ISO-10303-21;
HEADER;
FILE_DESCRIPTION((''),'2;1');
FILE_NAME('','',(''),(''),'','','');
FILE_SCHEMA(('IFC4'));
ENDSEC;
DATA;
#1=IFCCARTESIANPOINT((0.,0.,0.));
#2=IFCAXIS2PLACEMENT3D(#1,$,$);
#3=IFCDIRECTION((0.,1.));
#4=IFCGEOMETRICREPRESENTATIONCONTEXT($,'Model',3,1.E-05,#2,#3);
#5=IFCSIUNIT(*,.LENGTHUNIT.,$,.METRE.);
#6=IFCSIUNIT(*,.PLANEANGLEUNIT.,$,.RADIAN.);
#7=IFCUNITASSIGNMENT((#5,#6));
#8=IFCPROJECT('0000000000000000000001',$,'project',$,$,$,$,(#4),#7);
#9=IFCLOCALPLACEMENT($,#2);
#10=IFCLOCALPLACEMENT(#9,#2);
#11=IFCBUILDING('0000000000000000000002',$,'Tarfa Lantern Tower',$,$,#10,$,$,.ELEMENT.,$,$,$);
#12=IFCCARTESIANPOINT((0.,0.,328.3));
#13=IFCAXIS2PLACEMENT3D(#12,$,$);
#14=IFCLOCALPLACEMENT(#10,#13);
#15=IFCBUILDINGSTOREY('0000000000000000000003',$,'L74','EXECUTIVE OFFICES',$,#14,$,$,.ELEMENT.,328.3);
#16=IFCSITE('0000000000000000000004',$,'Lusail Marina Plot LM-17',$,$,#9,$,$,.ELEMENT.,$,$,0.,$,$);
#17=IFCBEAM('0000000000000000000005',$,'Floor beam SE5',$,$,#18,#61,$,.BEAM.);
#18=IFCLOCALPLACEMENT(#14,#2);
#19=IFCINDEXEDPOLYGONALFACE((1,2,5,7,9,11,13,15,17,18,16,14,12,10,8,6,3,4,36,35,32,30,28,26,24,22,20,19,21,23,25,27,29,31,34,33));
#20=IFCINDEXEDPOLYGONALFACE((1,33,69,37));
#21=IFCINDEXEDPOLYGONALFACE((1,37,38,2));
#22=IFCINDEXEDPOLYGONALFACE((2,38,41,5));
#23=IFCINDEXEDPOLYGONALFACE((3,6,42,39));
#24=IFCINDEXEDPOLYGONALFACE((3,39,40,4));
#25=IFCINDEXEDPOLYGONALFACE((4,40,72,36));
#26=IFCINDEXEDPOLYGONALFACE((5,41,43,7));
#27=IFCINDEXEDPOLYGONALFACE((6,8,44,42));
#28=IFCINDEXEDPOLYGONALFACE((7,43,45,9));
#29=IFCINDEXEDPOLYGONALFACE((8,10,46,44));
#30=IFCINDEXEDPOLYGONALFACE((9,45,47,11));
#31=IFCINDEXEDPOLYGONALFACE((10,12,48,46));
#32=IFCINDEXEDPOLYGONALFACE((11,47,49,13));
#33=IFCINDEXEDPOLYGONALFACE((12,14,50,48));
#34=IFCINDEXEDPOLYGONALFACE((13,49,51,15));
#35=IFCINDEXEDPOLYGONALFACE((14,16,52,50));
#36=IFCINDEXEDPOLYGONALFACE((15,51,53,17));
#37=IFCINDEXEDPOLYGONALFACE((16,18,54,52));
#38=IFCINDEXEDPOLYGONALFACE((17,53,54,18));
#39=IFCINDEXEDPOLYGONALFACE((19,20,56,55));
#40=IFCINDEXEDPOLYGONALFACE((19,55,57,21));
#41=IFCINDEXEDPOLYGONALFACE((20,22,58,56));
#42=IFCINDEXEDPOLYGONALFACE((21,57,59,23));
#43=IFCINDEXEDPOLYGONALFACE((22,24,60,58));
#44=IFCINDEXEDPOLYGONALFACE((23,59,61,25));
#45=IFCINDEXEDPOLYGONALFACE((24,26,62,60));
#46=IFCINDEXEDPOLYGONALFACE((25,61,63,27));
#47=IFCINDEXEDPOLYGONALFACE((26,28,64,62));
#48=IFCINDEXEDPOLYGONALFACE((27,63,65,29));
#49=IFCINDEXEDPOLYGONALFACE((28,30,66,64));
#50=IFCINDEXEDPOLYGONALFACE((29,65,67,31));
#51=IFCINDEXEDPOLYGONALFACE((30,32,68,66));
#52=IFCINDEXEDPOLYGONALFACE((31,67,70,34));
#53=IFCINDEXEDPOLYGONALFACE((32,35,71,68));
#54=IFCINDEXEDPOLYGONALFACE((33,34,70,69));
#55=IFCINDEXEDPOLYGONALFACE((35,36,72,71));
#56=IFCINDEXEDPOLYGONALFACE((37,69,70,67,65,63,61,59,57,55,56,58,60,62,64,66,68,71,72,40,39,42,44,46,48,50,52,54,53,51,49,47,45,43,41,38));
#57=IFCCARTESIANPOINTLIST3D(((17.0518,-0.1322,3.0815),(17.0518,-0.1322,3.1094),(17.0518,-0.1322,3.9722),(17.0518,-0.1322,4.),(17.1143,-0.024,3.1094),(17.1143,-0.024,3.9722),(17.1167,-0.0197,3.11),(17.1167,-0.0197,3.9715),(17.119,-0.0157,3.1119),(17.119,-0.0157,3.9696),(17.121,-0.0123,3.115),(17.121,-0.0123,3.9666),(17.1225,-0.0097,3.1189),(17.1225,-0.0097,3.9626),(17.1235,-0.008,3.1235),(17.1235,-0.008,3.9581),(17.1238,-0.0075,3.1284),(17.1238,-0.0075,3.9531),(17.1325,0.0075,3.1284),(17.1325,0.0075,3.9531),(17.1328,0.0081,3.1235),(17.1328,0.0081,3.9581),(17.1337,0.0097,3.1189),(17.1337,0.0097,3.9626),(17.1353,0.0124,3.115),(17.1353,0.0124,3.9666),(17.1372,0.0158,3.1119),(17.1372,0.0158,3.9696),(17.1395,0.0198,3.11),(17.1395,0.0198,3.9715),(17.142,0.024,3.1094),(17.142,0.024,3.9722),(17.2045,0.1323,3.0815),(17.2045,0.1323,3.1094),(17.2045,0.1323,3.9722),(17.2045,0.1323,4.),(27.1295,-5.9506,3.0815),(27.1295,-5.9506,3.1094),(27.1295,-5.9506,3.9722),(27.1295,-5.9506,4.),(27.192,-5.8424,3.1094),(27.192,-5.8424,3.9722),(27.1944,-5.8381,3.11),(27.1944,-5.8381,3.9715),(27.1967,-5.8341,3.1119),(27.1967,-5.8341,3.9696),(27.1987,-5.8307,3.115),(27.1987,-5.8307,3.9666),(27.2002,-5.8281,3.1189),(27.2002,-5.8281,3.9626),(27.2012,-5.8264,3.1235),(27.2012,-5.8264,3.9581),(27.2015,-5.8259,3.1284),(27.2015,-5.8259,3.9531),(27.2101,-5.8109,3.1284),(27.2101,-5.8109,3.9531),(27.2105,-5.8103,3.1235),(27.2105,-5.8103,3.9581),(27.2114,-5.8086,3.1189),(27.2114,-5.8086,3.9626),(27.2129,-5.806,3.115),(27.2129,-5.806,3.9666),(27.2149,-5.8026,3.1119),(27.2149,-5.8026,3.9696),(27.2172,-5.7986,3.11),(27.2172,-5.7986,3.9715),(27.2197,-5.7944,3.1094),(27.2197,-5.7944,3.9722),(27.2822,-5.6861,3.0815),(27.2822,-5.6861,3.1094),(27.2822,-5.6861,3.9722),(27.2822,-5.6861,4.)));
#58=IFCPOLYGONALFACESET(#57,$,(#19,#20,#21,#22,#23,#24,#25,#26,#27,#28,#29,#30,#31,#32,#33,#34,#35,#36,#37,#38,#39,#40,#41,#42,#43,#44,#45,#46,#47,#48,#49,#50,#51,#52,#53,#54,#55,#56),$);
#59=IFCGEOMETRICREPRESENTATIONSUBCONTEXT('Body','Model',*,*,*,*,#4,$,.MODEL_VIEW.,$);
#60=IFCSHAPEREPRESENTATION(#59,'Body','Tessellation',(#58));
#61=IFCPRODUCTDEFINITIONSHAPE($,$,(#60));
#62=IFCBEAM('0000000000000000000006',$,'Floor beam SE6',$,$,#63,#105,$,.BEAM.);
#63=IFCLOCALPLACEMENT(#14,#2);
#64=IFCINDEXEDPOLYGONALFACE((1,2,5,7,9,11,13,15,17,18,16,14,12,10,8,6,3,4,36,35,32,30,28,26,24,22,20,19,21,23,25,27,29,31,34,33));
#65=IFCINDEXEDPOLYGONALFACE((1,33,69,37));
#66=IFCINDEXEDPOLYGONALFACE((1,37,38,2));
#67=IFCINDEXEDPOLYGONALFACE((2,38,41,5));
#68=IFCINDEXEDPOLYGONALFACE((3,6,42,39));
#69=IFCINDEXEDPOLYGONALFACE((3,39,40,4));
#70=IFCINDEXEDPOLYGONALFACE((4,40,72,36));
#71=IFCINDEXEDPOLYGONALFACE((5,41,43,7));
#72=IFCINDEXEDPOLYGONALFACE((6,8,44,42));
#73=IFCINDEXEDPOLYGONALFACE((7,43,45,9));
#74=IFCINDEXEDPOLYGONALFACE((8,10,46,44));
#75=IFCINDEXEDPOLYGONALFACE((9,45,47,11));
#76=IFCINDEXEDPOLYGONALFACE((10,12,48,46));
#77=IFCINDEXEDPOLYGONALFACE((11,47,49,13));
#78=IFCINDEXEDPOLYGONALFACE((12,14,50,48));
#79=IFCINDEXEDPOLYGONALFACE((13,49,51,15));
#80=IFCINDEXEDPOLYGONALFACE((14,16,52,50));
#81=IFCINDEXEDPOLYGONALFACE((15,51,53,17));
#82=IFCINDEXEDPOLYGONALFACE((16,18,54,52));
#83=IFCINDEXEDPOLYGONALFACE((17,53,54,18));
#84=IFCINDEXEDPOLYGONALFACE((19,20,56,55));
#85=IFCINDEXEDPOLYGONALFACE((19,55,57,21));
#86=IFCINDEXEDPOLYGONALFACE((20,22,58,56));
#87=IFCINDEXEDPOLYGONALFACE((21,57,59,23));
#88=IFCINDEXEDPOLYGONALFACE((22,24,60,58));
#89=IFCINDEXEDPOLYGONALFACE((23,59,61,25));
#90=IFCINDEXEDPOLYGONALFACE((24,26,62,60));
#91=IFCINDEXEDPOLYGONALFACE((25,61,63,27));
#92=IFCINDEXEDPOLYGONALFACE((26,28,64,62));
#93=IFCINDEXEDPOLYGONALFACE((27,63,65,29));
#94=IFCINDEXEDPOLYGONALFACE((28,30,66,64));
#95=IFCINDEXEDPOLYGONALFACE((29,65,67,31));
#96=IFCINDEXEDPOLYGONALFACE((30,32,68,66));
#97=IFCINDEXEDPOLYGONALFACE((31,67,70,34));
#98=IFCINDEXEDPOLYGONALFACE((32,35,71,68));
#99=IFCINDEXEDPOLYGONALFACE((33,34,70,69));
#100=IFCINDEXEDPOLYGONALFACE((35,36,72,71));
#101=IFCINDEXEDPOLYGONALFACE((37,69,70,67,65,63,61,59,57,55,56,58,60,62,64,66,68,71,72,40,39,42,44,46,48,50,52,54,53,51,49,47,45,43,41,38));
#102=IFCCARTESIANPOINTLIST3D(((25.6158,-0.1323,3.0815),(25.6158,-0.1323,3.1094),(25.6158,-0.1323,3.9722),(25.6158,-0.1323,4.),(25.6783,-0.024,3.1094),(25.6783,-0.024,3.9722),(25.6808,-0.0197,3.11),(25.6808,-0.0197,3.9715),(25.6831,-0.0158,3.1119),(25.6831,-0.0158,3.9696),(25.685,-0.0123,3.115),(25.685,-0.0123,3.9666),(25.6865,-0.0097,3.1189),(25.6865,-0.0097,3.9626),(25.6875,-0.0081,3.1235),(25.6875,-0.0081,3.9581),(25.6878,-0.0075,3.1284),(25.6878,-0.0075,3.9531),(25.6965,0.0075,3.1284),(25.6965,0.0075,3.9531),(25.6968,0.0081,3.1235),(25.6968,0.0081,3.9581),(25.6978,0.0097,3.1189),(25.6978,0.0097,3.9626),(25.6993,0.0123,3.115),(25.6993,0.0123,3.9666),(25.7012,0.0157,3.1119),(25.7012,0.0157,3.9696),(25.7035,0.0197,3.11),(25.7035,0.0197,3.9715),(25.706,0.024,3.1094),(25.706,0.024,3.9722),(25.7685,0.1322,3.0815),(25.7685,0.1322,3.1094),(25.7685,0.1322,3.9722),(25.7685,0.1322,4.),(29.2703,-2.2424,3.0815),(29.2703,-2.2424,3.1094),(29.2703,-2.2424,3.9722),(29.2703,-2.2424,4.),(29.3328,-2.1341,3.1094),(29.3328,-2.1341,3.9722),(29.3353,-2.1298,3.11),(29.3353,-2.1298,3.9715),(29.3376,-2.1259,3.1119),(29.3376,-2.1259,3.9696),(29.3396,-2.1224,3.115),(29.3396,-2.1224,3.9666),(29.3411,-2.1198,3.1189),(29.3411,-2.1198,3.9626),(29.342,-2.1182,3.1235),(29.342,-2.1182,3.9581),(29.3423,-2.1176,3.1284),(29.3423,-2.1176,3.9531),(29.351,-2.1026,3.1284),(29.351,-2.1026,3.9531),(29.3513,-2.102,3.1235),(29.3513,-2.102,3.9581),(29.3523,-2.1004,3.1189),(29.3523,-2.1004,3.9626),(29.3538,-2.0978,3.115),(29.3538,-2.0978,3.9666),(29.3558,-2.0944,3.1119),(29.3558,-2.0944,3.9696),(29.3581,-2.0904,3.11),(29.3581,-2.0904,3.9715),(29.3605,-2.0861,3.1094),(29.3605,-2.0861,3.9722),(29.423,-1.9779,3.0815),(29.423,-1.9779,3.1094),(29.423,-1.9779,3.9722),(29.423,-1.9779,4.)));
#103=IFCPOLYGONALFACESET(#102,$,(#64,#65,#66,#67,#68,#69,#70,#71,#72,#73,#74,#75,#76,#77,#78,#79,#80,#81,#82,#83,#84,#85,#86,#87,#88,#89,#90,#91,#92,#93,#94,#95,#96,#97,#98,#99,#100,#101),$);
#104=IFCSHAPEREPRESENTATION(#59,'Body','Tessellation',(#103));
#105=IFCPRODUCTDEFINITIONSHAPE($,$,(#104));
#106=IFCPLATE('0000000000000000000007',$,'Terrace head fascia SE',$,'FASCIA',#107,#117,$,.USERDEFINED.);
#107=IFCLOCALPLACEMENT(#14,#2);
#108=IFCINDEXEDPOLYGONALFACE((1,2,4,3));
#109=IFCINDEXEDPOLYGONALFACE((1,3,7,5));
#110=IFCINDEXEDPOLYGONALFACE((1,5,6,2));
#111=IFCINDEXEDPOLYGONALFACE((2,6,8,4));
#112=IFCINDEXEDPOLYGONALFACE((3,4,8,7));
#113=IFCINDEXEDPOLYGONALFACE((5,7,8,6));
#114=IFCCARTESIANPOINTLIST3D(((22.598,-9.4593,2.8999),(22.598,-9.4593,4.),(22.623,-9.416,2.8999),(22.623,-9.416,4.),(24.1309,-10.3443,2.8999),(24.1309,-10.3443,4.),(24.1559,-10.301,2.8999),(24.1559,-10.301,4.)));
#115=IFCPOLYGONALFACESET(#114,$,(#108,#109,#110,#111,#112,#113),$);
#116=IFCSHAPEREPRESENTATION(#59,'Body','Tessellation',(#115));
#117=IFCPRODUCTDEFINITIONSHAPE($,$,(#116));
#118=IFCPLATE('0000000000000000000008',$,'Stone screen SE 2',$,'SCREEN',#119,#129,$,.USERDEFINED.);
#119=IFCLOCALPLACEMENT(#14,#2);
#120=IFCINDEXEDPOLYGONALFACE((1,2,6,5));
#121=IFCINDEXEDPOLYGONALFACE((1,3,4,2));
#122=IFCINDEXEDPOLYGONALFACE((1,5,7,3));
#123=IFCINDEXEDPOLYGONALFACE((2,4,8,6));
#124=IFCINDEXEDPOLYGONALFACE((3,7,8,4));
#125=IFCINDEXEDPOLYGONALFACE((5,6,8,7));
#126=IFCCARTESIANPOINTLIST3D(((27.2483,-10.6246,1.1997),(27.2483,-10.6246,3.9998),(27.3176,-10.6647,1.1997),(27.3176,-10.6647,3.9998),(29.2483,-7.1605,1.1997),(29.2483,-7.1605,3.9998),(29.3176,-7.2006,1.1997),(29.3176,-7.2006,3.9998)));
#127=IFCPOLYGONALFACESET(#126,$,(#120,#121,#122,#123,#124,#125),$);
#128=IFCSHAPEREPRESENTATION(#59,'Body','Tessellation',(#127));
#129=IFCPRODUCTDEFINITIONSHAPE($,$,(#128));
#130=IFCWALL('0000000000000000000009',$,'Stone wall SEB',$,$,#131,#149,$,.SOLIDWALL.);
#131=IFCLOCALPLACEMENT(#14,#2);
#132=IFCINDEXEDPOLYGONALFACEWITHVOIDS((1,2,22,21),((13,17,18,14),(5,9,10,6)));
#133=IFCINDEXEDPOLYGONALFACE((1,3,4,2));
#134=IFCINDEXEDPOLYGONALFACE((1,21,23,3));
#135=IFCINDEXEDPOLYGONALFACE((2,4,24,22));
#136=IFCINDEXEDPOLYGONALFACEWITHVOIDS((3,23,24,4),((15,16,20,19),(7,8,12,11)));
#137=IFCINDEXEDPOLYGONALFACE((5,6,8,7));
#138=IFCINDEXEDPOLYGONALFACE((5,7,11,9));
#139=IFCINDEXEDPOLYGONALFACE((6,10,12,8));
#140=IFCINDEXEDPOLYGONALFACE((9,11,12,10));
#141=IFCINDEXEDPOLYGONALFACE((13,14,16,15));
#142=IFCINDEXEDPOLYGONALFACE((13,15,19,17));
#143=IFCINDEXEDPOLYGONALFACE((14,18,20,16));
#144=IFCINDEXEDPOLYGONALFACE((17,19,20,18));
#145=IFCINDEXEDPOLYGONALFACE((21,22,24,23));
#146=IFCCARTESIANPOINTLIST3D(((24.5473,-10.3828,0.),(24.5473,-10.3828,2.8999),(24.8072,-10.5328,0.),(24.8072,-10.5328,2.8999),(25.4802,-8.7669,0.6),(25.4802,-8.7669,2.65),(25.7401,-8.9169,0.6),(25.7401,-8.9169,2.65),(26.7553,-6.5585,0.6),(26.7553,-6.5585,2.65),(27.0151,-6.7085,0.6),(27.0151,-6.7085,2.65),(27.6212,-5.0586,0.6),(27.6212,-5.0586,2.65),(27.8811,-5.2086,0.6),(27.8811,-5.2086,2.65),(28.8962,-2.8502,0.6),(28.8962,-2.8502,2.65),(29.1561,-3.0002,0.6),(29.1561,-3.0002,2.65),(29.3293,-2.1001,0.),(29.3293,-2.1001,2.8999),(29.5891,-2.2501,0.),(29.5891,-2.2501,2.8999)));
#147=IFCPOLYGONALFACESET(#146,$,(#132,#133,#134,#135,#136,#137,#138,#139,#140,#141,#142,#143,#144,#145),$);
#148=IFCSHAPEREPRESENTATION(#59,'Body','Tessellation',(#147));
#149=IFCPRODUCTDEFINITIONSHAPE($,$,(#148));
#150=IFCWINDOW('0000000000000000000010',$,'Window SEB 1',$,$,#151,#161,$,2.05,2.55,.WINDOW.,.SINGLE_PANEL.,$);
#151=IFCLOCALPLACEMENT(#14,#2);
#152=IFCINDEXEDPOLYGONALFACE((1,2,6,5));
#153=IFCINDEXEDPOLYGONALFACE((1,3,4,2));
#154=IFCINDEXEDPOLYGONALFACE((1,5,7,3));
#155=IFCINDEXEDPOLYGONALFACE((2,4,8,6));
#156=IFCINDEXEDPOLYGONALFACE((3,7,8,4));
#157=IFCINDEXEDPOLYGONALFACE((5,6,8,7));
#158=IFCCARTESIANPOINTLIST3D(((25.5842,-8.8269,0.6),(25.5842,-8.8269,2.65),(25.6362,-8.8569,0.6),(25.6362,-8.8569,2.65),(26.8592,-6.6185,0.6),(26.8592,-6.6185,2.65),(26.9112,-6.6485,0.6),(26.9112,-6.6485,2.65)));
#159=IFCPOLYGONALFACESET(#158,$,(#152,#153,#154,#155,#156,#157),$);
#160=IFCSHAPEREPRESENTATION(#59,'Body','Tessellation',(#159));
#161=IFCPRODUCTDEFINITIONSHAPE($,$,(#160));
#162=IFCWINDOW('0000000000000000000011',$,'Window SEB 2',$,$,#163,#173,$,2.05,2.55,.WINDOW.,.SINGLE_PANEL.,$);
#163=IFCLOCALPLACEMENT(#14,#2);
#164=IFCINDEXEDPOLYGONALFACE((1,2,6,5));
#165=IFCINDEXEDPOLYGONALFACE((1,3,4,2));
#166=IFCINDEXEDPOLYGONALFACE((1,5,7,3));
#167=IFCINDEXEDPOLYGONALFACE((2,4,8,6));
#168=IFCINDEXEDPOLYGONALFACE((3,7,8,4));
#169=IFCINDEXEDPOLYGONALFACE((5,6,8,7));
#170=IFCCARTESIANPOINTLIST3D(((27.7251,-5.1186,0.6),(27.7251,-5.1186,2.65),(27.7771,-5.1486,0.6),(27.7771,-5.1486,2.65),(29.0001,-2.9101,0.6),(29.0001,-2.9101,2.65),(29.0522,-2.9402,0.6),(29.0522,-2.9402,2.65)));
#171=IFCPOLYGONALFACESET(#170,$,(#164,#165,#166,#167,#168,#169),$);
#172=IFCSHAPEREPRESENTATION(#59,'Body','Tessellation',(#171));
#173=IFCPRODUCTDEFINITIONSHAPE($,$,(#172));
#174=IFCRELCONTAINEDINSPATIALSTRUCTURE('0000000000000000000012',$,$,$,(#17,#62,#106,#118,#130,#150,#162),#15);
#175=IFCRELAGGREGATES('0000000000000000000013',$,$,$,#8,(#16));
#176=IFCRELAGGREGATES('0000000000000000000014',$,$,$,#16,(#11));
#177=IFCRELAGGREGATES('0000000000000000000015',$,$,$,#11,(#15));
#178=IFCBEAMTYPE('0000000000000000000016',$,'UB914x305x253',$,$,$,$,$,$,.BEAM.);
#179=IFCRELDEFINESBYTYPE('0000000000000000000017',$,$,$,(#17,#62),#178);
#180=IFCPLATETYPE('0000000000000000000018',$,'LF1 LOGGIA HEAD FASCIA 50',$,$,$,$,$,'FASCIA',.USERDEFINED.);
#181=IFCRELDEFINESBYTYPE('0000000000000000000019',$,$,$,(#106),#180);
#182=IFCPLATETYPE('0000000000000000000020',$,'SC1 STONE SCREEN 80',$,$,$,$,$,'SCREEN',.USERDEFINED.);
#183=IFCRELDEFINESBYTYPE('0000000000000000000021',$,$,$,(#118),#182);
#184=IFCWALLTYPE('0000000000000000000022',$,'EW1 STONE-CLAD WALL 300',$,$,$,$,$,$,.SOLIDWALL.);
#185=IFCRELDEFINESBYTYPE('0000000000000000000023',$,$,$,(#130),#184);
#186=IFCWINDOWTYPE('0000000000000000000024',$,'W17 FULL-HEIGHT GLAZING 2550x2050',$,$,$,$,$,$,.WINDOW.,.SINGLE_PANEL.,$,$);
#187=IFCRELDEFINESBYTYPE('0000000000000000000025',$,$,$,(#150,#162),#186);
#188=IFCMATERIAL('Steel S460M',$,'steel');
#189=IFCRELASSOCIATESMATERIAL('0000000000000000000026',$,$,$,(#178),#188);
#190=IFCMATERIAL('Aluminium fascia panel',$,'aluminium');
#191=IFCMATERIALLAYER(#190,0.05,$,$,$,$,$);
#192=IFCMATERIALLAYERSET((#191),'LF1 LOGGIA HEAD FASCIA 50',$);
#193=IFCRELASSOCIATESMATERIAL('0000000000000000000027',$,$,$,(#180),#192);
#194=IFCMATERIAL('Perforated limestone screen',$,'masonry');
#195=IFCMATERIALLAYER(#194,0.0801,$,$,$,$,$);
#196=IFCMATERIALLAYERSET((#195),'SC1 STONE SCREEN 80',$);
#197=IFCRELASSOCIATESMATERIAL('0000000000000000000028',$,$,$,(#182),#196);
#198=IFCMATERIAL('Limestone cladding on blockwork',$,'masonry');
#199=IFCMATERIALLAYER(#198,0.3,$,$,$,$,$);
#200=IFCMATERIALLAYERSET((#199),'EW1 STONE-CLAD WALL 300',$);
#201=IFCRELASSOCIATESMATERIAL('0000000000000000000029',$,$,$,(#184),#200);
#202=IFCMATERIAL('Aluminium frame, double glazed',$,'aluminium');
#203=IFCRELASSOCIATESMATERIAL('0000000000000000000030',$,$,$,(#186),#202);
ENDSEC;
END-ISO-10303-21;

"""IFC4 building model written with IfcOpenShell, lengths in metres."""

from ifc_helpers import new_model, si_unit, direction, frame, frame_2d, origin, origin_2d, place, context, subcontext, project, spatial, rectangle, i_section, extrude, material, layer, layer_set, material_profile, profile_set, type_object, element, fill, save


model = new_model("IFC4")

# Units and contexts
model_context = context("Model", 3, precision=1e-05, world=origin(), true_north=direction((0.0, 1.0)))
body_context = subcontext(model_context, "Body", "Model", "MODEL_VIEW")
ifc_project = project(units=[si_unit("LENGTHUNIT", "METRE"), si_unit("PLANEANGLEUNIT", "RADIAN")], contexts=[model_context])

# Site, building, storey
site_placement = place(None, origin())
site = spatial("IfcSite", under=ifc_project, at=site_placement, Name="Lusail Marina Plot LM-17", CompositionType="ELEMENT", RefElevation=0.0)
building_placement = place(site_placement, origin())
building = spatial("IfcBuilding", under=site, at=building_placement, Name="Tarfa Lantern Tower", CompositionType="ELEMENT")
storey_placement = place(building_placement, frame((0.0, 0.0, 328.3)))
storey = spatial("IfcBuildingStorey", under=building, at=storey_placement, Name="L74", Description="EXECUTIVE OFFICES", CompositionType="ELEMENT", Elevation=328.3)

# Beams
ifc_material_1 = material(Name="Steel S460M", Category="steel")
ifc_material_profile_1 = material_profile(ifc_material_1, i_section(OverallWidth=0.3054, OverallDepth=0.9185, WebThickness=0.0173, FlangeThickness=0.0278, FilletRadius=0.019, at=origin_2d()), Name="UB914x305x253")
ifc_profile_set_1 = profile_set([ifc_material_profile_1], Name="Steel S460M")
beam_type_1 = type_object("IfcBeamType", Name="UB914x305x253", PredefinedType="BEAM", material=ifc_profile_set_1)
beam_1_placement = place(storey_placement, frame((27.2058, -5.8184, 3.5408), z_axis=(-0.866024, 0.500002, 0.0), x_axis=(-0.500002, -0.866024, 0.0)))
element("IfcBeam", 1, at=beam_1_placement, inside=storey, type_object=beam_type_1, Name="Floor beam SE5", PredefinedType="BEAM", context=body_context, shape_type="SweptSolid", body=[
    extrude(i_section(OverallWidth=0.3054, OverallDepth=0.9185, WebThickness=0.0173, FlangeThickness=0.0278, FilletRadius=0.019, at=origin_2d()), origin(), (0.0, 0.0, 1.0), 11.6367),
])
beam_2_placement = place(storey_placement, frame((29.3467, -2.1101, 3.5408), z_axis=(-0.866009, 0.500028, 0.0), x_axis=(-0.500028, -0.866009, 0.0)))
element("IfcBeam", 2, at=beam_2_placement, inside=storey, type_object=beam_type_1, Name="Floor beam SE6", PredefinedType="BEAM", context=body_context, shape_type="SweptSolid", body=[
    extrude(i_section(OverallWidth=0.3054, OverallDepth=0.9185, WebThickness=0.0173, FlangeThickness=0.0278, FilletRadius=0.019, at=origin_2d()), origin(), (0.0, 0.0, 1.0), 4.22),
])

# Plates
ifc_material_2 = material(Name="Aluminium fascia panel", Category="aluminium")
ifc_layer_1 = layer(ifc_material_2, 0.05)
ifc_layer_set_1 = layer_set([ifc_layer_1], Name="LF1 LOGGIA HEAD FASCIA 50")
plate_type_1 = type_object("IfcPlateType", Name="LF1 LOGGIA HEAD FASCIA 50", ElementType="FASCIA", PredefinedType="USERDEFINED", material=ifc_layer_set_1)
plate_1_placement = place(storey_placement, frame((23.377, -9.8801, 2.8999), z_axis=(0.0, 0.0, 1.0), x_axis=(-0.866025, 0.5, 0.0)))
element("IfcPlate", 3, at=plate_1_placement, inside=storey, type_object=plate_type_1, Name="Terrace head fascia SE", ObjectType="FASCIA", PredefinedType="USERDEFINED", context=body_context, shape_type="SweptSolid", body=[
    extrude(rectangle(XDim=1.77, YDim=0.05, at=origin_2d()), origin(), (0.0, 0.0, 1.0), 1.1001),
])
ifc_material_3 = material(Name="Perforated limestone screen", Category="masonry")
ifc_layer_2 = layer(ifc_material_3, 0.0801)
ifc_layer_set_2 = layer_set([ifc_layer_2], Name="SC1 STONE SCREEN 80")
plate_type_2 = type_object("IfcPlateType", Name="SC1 STONE SCREEN 80", ElementType="SCREEN", PredefinedType="USERDEFINED", material=ifc_layer_set_2)
plate_2_placement = place(storey_placement, frame((28.283, -8.9126, 1.1997), z_axis=(0.0, 0.0, 1.0), x_axis=(0.5, 0.866025, 0.0)))
element("IfcPlate", 4, at=plate_2_placement, inside=storey, type_object=plate_type_2, Name="Stone screen SE 2", ObjectType="SCREEN", PredefinedType="USERDEFINED", context=body_context, shape_type="SweptSolid", body=[
    extrude(rectangle(XDim=4.0, YDim=0.0801, at=origin_2d()), origin(), (0.0, 0.0, 1.0), 2.8),
])

# Wall, openings, windows
ifc_material_4 = material(Name="Limestone cladding on blockwork", Category="masonry")
ifc_layer_3 = layer(ifc_material_4, 0.3)
ifc_layer_set_3 = layer_set([ifc_layer_3], Name="EW1 STONE-CLAD WALL 300")
wall_type_1 = type_object("IfcWallType", Name="EW1 STONE-CLAD WALL 300", PredefinedType="SOLIDWALL", material=ifc_layer_set_3)
wall_1_placement = place(storey_placement, frame((24.6772, -10.4578, 0.0), z_axis=(0.0, 0.0, 1.0), x_axis=(0.499996, 0.866027, 0.0)))
wall_1 = element("IfcWall", 5, at=wall_1_placement, inside=storey, type_object=wall_type_1, Name="Stone wall SEB", PredefinedType="SOLIDWALL", context=body_context, shape_type="SweptSolid", body=[
    extrude(rectangle(XDim=9.564, YDim=0.3, at=frame_2d((4.782, 0.0))), origin(), (0.0, 0.0, 1.0), 2.8999),
])
opening_1_placement = place(wall_1_placement, frame((1.866, 0.0, 0.6001)))
opening_1 = element("IfcOpeningElement", 6, at=opening_1_placement, cuts=wall_1, PredefinedType="OPENING", context=body_context, shape_type="SweptSolid", body=[
    extrude(rectangle(XDim=2.55, YDim=2.05, at=frame_2d((1.2749, 1.0249))), frame((0.0, 0.1599, 0.0), z_axis=(0.0, -1.0, 0.0), x_axis=(1.0, 0.0, 0.0)), (0.0, 0.0, 1.0), 0.3201),
])
opening_2_placement = place(wall_1_placement, frame((6.1479, 0.0, 0.6001)))
opening_2 = element("IfcOpeningElement", 7, at=opening_2_placement, cuts=wall_1, PredefinedType="OPENING", context=body_context, shape_type="SweptSolid", body=[
    extrude(rectangle(XDim=2.55, YDim=2.05, at=frame_2d((1.2749, 1.0249))), frame((0.0, 0.1599, 0.0), z_axis=(0.0, -1.0, 0.0), x_axis=(1.0, 0.0, 0.0)), (0.0, 0.0, 1.0), 0.3201),
])
ifc_material_5 = material(Name="Aluminium frame, double glazed", Category="aluminium")
window_type = type_object("IfcWindowType", Name="W17 FULL-HEIGHT GLAZING 2550x2050", PartitioningType="SINGLE_PANEL", PredefinedType="WINDOW", material=ifc_material_5)
window_1_placement = place(opening_1_placement, origin())
window_1 = element("IfcWindow", 8, at=window_1_placement, inside=storey, type_object=window_type, Name="Window SEB 1", OverallHeight=2.05, OverallWidth=2.55, PartitioningType="SINGLE_PANEL", PredefinedType="WINDOW", context=body_context, shape_type="SweptSolid", body=[
    extrude(rectangle(XDim=2.55, YDim=2.05, at=frame_2d((1.2749, 1.0249))), frame((0.0, 0.03, 0.0), z_axis=(0.0, -1.0, 0.0), x_axis=(1.0, 0.0, 0.0)), (0.0, 0.0, 1.0), 0.0601),
])
fill(opening_1, window_1)
window_2_placement = place(opening_2_placement, origin())
window_2 = element("IfcWindow", 9, at=window_2_placement, inside=storey, type_object=window_type, Name="Window SEB 2", OverallHeight=2.05, OverallWidth=2.55, PartitioningType="SINGLE_PANEL", PredefinedType="WINDOW", context=body_context, shape_type="SweptSolid", body=[
    extrude(rectangle(XDim=2.55, YDim=2.05, at=frame_2d((1.2749, 1.0249))), frame((0.0, 0.03, 0.0), z_axis=(0.0, -1.0, 0.0), x_axis=(1.0, 0.0, 0.0)), (0.0, 0.0, 1.0), 0.0601),
])
fill(opening_2, window_2)

save(model, "model.ifc")
